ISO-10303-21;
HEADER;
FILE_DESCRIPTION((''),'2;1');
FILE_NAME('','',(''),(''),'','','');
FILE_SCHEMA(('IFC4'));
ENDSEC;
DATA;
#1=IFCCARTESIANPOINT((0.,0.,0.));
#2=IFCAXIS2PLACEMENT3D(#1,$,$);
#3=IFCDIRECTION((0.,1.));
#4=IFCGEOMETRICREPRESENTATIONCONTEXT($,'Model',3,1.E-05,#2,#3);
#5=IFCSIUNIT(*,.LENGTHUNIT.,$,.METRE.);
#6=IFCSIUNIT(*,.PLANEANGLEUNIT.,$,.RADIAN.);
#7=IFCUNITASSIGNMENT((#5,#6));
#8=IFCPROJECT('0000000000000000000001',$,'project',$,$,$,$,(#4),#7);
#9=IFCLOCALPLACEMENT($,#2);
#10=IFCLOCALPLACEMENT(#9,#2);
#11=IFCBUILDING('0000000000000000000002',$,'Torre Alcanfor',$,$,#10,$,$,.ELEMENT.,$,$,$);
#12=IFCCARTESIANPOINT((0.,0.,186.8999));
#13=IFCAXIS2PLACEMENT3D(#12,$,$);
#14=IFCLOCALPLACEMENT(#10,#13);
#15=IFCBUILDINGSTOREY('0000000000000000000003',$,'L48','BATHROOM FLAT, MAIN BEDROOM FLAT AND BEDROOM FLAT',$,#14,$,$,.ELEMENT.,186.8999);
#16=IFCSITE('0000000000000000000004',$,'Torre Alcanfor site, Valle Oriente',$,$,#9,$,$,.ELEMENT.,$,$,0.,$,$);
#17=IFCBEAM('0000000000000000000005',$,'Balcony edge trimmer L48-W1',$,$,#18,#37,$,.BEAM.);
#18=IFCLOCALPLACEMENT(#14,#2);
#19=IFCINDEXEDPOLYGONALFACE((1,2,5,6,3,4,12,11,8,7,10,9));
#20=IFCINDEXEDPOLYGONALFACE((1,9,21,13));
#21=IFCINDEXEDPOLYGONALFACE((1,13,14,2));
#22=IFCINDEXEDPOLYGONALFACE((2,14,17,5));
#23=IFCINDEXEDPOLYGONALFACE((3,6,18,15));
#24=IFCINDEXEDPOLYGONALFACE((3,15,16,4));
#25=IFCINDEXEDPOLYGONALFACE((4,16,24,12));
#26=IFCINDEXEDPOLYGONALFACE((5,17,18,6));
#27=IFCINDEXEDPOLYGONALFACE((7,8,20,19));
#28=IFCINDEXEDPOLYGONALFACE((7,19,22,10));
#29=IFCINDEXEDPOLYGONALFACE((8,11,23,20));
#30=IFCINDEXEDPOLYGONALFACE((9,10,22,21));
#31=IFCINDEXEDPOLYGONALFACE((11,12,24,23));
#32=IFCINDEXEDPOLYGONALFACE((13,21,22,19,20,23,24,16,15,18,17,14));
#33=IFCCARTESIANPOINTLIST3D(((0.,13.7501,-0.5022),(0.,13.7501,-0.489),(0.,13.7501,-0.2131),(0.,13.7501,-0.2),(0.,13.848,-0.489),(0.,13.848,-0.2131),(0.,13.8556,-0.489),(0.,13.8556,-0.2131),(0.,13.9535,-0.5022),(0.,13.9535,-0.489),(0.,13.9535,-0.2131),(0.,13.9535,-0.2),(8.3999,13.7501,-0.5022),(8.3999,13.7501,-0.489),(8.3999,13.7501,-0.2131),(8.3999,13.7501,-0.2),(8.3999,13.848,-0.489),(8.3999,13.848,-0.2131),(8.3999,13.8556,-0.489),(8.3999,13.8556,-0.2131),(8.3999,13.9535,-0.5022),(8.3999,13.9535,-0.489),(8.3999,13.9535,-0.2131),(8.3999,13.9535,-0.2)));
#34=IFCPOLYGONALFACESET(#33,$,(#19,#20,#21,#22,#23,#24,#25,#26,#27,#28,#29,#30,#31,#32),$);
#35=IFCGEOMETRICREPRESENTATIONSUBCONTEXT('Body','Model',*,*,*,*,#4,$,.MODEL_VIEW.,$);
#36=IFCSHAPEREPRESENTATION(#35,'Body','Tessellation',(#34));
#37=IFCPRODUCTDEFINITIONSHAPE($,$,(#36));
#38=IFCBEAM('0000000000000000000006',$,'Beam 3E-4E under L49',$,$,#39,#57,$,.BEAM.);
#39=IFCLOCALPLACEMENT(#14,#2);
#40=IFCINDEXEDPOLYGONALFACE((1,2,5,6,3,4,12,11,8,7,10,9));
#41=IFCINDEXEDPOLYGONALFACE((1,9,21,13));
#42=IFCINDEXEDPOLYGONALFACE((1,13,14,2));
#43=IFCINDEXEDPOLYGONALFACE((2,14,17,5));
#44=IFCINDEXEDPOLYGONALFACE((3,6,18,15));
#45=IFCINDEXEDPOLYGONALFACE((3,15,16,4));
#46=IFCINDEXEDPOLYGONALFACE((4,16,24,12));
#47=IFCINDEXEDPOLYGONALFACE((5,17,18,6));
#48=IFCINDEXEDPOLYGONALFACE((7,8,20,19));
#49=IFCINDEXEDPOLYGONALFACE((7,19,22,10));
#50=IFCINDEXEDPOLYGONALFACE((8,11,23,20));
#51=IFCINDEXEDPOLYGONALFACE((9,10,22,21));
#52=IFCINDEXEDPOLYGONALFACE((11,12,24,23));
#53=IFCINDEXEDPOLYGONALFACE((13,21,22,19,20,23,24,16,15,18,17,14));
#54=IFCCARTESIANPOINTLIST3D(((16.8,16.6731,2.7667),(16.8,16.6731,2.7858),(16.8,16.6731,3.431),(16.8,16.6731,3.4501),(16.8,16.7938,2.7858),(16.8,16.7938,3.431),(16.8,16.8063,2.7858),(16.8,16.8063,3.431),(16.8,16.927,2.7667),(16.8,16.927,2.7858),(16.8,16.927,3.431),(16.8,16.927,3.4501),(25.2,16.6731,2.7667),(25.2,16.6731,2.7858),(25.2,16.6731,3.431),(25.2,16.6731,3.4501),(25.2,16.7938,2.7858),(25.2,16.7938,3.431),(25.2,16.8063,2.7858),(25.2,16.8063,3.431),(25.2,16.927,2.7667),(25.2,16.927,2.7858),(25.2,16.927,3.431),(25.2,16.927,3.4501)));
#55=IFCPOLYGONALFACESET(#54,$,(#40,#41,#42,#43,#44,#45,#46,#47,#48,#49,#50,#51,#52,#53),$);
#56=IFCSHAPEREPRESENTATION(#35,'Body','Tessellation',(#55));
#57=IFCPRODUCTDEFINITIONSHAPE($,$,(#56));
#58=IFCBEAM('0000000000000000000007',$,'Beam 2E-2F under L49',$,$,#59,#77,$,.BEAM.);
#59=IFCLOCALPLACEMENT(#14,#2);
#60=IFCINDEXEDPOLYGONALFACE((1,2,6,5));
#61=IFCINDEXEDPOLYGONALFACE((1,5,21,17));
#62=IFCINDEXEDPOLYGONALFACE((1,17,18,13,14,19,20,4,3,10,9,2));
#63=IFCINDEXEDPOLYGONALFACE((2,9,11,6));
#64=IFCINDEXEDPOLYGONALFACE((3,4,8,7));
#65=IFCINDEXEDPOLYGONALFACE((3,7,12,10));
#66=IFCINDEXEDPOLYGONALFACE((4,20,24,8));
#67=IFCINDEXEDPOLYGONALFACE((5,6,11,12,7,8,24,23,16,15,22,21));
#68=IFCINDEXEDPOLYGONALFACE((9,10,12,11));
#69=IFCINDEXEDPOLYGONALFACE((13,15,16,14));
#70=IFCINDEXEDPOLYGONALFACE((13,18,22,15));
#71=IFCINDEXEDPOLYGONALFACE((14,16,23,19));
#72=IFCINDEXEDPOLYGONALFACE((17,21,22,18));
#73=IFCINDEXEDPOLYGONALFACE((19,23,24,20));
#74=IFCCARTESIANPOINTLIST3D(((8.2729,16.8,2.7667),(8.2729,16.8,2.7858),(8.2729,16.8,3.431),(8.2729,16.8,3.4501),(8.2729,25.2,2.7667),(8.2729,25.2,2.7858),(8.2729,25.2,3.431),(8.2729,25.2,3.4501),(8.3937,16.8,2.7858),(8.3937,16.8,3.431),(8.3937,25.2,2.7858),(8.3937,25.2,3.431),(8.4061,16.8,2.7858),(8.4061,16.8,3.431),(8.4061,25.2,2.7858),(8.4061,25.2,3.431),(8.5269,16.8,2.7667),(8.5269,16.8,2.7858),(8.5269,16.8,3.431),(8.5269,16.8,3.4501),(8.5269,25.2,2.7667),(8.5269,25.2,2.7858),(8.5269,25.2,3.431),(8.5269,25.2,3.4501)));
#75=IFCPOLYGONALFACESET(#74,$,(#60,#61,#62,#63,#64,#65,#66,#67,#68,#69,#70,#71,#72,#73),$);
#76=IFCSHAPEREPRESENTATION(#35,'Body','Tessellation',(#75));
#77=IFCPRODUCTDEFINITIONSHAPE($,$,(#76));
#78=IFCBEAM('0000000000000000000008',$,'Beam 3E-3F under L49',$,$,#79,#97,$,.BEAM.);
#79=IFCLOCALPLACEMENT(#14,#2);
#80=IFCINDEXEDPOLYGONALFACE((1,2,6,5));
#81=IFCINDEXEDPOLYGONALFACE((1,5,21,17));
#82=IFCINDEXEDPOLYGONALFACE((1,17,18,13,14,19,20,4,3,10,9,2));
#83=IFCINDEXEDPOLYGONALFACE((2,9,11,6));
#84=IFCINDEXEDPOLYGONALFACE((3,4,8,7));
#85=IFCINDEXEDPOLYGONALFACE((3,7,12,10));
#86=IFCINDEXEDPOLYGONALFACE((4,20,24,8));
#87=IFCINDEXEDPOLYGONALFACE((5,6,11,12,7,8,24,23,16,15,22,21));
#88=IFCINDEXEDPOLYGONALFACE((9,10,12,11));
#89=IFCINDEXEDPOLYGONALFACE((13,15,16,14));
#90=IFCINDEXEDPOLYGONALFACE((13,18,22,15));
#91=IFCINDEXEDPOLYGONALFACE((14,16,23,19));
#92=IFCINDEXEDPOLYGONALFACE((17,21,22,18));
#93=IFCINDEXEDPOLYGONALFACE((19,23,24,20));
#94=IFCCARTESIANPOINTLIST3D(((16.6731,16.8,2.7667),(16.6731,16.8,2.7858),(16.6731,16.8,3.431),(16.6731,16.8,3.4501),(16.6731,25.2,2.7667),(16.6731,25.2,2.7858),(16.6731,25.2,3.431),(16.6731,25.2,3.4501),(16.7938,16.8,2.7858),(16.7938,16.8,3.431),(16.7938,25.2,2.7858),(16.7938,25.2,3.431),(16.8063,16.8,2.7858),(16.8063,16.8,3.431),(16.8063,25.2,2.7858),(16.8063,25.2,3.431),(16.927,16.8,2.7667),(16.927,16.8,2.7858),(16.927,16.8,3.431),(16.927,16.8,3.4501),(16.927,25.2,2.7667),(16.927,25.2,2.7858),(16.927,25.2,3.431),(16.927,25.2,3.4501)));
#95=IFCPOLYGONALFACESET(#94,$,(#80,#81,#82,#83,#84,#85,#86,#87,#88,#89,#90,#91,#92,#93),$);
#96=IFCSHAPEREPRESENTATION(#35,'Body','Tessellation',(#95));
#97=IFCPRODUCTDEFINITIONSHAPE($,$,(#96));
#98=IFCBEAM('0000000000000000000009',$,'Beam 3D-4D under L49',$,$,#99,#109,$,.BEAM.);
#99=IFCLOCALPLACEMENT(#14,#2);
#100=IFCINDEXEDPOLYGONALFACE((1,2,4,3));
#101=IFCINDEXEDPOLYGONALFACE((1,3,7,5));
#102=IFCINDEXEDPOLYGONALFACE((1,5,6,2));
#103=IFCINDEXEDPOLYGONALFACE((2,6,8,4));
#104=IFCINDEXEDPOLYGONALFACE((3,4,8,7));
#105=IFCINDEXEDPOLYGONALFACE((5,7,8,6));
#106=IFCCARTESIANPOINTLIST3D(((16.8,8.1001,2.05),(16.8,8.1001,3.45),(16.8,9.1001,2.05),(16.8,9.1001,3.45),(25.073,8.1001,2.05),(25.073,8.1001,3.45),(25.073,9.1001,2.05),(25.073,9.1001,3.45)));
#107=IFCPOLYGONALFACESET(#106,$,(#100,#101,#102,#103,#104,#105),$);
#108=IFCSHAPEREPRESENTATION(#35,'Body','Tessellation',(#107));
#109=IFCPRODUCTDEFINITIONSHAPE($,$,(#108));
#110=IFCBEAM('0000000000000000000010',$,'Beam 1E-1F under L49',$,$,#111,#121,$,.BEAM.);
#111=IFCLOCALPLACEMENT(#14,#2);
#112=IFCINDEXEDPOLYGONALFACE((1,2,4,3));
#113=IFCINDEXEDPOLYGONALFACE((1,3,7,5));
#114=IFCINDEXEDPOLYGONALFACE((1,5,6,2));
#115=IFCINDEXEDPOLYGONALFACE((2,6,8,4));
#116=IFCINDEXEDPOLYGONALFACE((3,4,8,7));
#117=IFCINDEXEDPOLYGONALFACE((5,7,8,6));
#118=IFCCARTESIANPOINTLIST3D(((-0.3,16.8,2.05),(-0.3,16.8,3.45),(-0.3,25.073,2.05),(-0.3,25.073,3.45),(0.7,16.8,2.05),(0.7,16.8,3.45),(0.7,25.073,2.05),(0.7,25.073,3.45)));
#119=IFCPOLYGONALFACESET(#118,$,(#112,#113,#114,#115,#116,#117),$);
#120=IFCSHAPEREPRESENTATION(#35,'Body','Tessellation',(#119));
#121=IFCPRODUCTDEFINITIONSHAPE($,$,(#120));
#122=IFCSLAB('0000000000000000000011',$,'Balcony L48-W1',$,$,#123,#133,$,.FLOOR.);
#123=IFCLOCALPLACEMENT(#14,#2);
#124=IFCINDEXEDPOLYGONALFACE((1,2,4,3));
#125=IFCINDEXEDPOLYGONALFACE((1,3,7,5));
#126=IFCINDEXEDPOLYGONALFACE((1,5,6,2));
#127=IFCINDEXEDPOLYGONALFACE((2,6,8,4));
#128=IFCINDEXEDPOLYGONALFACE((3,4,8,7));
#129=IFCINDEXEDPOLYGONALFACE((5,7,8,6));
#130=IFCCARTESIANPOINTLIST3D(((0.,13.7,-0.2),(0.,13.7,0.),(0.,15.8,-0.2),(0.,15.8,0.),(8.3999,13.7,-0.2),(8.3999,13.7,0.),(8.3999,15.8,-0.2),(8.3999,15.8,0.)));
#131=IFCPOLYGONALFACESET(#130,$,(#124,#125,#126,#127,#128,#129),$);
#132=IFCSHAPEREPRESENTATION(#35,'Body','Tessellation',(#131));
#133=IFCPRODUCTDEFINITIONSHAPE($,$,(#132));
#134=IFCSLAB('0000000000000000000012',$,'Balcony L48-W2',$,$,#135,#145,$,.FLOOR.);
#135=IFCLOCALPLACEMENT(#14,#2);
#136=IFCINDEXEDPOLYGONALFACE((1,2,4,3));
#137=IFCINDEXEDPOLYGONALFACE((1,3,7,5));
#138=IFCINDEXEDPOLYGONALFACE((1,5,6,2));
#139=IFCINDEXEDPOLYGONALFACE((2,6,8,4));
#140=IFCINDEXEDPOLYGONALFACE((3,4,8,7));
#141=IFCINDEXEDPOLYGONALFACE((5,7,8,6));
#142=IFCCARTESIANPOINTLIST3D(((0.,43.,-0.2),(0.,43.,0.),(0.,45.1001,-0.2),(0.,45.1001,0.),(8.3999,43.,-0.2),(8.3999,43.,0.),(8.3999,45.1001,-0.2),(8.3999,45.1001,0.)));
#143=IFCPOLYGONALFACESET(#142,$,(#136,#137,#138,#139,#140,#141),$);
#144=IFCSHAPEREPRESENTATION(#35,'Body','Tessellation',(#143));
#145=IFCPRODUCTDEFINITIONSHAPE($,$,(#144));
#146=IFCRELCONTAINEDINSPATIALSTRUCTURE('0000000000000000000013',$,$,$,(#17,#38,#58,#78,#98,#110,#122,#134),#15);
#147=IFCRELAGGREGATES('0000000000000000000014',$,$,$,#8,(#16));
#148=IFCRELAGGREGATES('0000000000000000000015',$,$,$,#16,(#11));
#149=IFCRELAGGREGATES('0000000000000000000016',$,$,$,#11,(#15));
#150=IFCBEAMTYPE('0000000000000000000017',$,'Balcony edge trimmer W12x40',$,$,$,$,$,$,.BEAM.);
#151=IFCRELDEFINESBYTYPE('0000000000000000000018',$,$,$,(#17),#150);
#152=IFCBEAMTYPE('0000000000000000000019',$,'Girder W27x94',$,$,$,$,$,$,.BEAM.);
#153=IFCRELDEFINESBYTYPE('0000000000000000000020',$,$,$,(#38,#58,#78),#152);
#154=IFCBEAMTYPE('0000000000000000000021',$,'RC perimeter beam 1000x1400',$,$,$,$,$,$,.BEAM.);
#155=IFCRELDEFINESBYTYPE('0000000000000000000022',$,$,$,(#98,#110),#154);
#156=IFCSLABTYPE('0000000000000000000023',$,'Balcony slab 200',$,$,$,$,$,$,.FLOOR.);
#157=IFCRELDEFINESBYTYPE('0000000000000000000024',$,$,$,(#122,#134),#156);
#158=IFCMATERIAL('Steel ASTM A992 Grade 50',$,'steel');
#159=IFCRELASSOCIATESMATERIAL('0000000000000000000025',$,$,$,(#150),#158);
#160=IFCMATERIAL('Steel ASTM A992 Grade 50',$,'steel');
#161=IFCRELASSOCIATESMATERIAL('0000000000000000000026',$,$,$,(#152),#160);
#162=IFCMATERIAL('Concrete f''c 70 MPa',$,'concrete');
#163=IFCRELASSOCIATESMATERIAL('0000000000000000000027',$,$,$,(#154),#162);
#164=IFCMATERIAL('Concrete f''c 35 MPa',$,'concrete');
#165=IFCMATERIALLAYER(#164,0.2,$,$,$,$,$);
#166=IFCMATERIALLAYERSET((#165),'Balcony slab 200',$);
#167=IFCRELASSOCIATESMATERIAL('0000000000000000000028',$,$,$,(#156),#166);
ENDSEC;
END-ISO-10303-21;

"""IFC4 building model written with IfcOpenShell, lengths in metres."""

from ifc_helpers import new_model, si_unit, direction, frame, origin, origin_2d, place, context, subcontext, project, spatial, polyline, rectangle, i_section, outline, extrude, material, layer, layer_set, material_profile, profile_set, type_object, element, save


model = new_model("IFC4")

# Units and contexts
model_context = context("Model", 3, precision=1e-05, world=origin(), true_north=direction((0.0, 1.0)))
body_context = subcontext(model_context, "Body", "Model", "MODEL_VIEW")
ifc_project = project(units=[si_unit("LENGTHUNIT", "METRE"), si_unit("PLANEANGLEUNIT", "RADIAN")], contexts=[model_context])

# Site, building, storey
site_placement = place(None, origin())
site = spatial("IfcSite", under=ifc_project, at=site_placement, Name="Torre Alcanfor site, Valle Oriente", CompositionType="ELEMENT", RefElevation=0.0)
building_placement = place(site_placement, origin())
building = spatial("IfcBuilding", under=site, at=building_placement, Name="Torre Alcanfor", CompositionType="ELEMENT")
storey_placement = place(building_placement, frame((0.0, 0.0, 186.8999)))
storey = spatial("IfcBuildingStorey", under=building, at=storey_placement, Name="L48", Description="BATHROOM FLAT, MAIN BEDROOM FLAT AND BEDROOM FLAT", CompositionType="ELEMENT", Elevation=186.8999)

# Beams
ifc_material_1 = material(Name="Steel ASTM A992 Grade 50", Category="steel")
ifc_material_profile_1 = material_profile(ifc_material_1, i_section(OverallWidth=0.2034, OverallDepth=0.3022, WebThickness=0.0076, FlangeThickness=0.0132, at=origin_2d()), Name="W12x40")
ifc_profile_set_1 = profile_set([ifc_material_profile_1], Name="Steel ASTM A992 Grade 50")
beam_type_1 = type_object("IfcBeamType", Name="Balcony edge trimmer W12x40", PredefinedType="BEAM", material=ifc_profile_set_1)
beam_placement = place(storey_placement, frame((8.3999, 13.8518, -0.3511), z_axis=(-1.0, 0.0, 0.0), x_axis=(0.0, -1.0, 0.0)))
element("IfcBeam", 1, at=beam_placement, inside=storey, type_object=beam_type_1, Name="Balcony edge trimmer L48-W1", PredefinedType="BEAM", context=body_context, shape_type="SweptSolid", body=[
    extrude(i_section(OverallWidth=0.2034, OverallDepth=0.3022, WebThickness=0.0076, FlangeThickness=0.0132, at=origin_2d()), origin(), (0.0, 0.0, 1.0), 8.3999),
])
ifc_material_2 = material(Name="Steel ASTM A992 Grade 50", Category="steel")
ifc_material_profile_2 = material_profile(ifc_material_2, i_section(OverallWidth=0.2539, OverallDepth=0.6833, WebThickness=0.0125, FlangeThickness=0.019, at=origin_2d()), Name="W27x94")
ifc_profile_set_2 = profile_set([ifc_material_profile_2], Name="Steel ASTM A992 Grade 50")
beam_type_2 = type_object("IfcBeamType", Name="Girder W27x94", PredefinedType="BEAM", material=ifc_profile_set_2)
for number, where, z_axis, x_axis, name in (
    (2, (16.8, 16.8, 3.1084), (1.0, 0.0, 0.0), (0.0, 1.0, 0.0), "Beam 3E-4E under L49"),
    (3, (8.3999, 16.8, 3.1084), (0.0, 1.0, 0.0), (-1.0, 0.0, 0.0), "Beam 2E-2F under L49"),
    (4, (16.8, 16.8, 3.1084), (0.0, 1.0, 0.0), (-1.0, 0.0, 0.0), "Beam 3E-3F under L49"),
):
    element("IfcBeam", number, at=place(storey_placement, frame(where, z_axis=z_axis, x_axis=x_axis)), inside=storey, type_object=beam_type_2, Name=name, PredefinedType="BEAM", context=body_context, shape_type="SweptSolid", body=[
        extrude(i_section(OverallWidth=0.2539, OverallDepth=0.6833, WebThickness=0.0125, FlangeThickness=0.019, at=origin_2d()), origin(), (0.0, 0.0, 1.0), 8.3999),
    ])
ifc_material_3 = material(Name="Concrete f'c 70 MPa", Category="concrete")
ifc_material_profile_3 = material_profile(ifc_material_3, rectangle(XDim=1.0, YDim=1.3999, at=origin_2d()), Name="1000x1400")
ifc_profile_set_3 = profile_set([ifc_material_profile_3], Name="Concrete f'c 70 MPa")
beam_type_3 = type_object("IfcBeamType", Name="RC perimeter beam 1000x1400", PredefinedType="BEAM", material=ifc_profile_set_3)
for number, where, z_axis, x_axis, name in (
    (5, (16.8, 8.6001, 2.75), (1.0, 0.0, 0.0), (0.0, 1.0, 0.0), "Beam 3D-4D under L49"),
    (6, (0.2, 16.8, 2.75), (0.0, 1.0, 0.0), (-1.0, 0.0, 0.0), "Beam 1E-1F under L49"),
):
    element("IfcBeam", number, at=place(storey_placement, frame(where, z_axis=z_axis, x_axis=x_axis)), inside=storey, type_object=beam_type_3, Name=name, PredefinedType="BEAM", context=body_context, shape_type="SweptSolid", body=[
        extrude(rectangle(XDim=1.0, YDim=1.3999, at=origin_2d()), origin(), (0.0, 0.0, 1.0), 8.2729),
    ])

# Slabs
ifc_material_4 = material(Name="Concrete f'c 35 MPa", Category="concrete")
ifc_layer_1 = layer(ifc_material_4, 0.2)
ifc_layer_set_1 = layer_set([ifc_layer_1], Name="Balcony slab 200")
slab_type_1 = type_object("IfcSlabType", Name="Balcony slab 200", PredefinedType="FLOOR", material=ifc_layer_set_1)
slab_1_placement = place(storey_placement, frame((0.0, 0.0, -0.2)))
element("IfcSlab", 7, at=slab_1_placement, inside=storey, type_object=slab_type_1, Name="Balcony L48-W1", PredefinedType="FLOOR", context=body_context, shape_type="SweptSolid", body=[
    extrude(outline(polyline([(8.3999, 15.8), (0.0, 15.8), (0.0, 13.7), (8.3999, 13.7), (8.3999, 15.8)])), origin(), (0.0, 0.0, 1.0), 0.2),
])
slab_2_placement = place(storey_placement, frame((0.0, 0.0, -0.2)))
element("IfcSlab", 8, at=slab_2_placement, inside=storey, type_object=slab_type_1, Name="Balcony L48-W2", PredefinedType="FLOOR", context=body_context, shape_type="SweptSolid", body=[
    extrude(outline(polyline([(8.3999, 45.1001), (0.0, 45.1001), (0.0, 43.0), (8.3999, 43.0), (8.3999, 45.1001)])), origin(), (0.0, 0.0, 1.0), 0.2),
])

save(model, "model.ifc")
